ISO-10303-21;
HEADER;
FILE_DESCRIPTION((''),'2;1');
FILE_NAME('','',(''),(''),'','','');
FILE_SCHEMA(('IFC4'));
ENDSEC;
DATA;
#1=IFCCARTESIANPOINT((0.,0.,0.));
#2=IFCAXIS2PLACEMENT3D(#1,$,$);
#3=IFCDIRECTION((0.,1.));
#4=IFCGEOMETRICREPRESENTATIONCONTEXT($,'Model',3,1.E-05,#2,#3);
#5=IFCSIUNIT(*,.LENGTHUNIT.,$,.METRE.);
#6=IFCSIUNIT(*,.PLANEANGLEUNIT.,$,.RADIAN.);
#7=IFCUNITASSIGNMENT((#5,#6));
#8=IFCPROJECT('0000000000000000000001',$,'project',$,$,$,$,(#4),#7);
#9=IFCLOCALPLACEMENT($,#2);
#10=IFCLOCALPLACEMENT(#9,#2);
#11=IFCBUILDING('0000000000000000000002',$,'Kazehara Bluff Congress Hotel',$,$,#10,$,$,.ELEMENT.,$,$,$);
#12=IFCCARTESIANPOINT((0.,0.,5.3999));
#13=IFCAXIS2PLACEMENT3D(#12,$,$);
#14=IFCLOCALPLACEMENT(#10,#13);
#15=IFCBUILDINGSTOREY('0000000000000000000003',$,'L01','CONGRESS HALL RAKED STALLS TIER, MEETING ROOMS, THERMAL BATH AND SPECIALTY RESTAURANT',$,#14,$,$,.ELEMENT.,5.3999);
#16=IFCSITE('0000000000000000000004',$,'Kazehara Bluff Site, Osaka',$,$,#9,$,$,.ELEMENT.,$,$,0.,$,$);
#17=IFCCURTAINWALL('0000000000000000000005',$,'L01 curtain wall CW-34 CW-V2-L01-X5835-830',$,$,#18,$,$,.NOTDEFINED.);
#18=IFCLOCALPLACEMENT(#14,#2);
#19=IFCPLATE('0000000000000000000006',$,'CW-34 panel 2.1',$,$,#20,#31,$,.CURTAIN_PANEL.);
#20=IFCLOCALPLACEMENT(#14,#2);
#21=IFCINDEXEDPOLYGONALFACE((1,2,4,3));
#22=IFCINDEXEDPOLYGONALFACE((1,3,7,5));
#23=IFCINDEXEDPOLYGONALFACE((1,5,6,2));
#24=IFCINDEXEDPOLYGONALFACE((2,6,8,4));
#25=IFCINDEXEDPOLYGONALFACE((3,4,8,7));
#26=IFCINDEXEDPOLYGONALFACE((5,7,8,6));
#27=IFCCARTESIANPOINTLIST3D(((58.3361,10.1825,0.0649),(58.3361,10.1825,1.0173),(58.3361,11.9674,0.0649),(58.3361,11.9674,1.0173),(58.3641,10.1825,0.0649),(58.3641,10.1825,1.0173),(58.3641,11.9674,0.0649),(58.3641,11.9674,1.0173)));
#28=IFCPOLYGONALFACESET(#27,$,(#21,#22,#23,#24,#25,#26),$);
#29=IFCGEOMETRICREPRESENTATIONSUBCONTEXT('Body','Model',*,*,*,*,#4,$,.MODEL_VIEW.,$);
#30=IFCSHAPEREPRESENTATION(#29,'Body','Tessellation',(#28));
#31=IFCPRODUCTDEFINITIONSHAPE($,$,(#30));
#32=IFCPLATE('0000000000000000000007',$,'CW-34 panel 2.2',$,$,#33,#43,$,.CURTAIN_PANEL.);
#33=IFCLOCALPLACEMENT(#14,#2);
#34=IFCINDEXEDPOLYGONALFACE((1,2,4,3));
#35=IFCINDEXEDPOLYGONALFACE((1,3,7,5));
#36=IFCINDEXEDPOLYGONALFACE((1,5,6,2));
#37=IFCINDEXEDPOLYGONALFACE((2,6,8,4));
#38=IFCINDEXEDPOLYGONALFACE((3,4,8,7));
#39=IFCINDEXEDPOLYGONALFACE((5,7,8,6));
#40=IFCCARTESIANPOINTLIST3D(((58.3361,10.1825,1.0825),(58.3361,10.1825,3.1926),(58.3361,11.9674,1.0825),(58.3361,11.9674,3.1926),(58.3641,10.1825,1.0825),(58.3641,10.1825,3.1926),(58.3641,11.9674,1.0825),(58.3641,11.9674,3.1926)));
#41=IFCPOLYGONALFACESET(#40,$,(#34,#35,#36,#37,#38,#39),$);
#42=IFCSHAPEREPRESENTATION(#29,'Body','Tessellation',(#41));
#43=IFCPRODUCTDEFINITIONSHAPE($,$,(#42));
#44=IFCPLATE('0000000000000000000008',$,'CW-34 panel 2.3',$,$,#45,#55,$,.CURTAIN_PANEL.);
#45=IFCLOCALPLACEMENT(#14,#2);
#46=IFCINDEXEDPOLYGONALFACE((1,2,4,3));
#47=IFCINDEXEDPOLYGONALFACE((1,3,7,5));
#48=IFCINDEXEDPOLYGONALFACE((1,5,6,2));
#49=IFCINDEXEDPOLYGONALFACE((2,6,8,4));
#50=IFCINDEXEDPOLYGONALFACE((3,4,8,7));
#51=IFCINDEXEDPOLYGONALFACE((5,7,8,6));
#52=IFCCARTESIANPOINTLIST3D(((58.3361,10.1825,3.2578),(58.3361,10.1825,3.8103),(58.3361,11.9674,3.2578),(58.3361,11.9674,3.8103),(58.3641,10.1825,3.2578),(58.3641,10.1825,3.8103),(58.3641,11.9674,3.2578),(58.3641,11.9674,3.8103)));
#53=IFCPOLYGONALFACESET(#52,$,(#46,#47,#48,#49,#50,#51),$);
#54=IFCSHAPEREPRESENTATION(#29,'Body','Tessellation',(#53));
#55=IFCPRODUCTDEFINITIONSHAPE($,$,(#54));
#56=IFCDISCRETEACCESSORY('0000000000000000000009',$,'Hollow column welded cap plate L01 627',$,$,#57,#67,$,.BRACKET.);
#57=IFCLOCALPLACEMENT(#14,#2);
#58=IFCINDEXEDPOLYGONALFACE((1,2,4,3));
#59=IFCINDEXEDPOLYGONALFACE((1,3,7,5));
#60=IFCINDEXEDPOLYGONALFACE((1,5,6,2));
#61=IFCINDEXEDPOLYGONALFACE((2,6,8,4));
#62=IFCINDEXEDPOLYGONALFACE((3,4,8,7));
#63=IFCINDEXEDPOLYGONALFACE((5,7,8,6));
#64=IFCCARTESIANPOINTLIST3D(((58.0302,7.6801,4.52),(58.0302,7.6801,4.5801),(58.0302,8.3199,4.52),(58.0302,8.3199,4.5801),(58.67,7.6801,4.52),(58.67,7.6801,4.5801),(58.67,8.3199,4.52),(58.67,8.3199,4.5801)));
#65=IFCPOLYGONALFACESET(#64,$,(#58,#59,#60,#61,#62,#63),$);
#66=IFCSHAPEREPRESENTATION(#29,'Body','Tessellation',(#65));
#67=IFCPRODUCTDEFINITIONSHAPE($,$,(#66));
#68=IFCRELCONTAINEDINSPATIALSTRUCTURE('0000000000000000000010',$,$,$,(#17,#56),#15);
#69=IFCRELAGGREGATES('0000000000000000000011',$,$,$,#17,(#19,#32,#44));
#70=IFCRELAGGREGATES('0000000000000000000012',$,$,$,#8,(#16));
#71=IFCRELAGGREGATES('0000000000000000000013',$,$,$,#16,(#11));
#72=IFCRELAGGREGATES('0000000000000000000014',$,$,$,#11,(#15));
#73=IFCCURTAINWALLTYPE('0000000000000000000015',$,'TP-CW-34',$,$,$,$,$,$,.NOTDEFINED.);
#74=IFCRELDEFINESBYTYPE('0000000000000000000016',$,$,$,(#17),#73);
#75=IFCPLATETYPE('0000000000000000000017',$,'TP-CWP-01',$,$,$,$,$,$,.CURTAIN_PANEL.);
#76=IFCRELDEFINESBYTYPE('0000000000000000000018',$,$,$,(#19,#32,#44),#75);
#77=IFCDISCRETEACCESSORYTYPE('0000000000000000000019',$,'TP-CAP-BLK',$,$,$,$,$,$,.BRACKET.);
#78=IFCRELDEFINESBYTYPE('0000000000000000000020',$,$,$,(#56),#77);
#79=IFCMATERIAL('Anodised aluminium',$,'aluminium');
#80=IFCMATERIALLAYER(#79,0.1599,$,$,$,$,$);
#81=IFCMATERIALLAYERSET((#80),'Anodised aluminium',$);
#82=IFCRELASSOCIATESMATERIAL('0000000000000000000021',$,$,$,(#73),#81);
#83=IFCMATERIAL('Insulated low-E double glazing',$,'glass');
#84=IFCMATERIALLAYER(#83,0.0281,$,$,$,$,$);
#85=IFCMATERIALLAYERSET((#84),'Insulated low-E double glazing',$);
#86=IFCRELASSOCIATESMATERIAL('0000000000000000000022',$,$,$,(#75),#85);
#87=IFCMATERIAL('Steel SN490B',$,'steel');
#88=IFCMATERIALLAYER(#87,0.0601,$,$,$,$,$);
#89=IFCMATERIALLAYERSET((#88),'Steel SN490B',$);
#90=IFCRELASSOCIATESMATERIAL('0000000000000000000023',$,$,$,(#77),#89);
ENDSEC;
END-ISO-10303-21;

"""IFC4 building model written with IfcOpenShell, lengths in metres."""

from ifc_helpers import new_model, si_unit, direction, frame, origin, origin_2d, place, context, subcontext, project, spatial, rectangle, extrude, material, layer, layer_set, type_object, element, aggregate, save


model = new_model("IFC4")

# Units and contexts
model_context = context("Model", 3, precision=1e-05, world=origin(), true_north=direction((0.0, 1.0)))
body_context = subcontext(model_context, "Body", "Model", "MODEL_VIEW")
ifc_project = project(units=[si_unit("LENGTHUNIT", "METRE"), si_unit("PLANEANGLEUNIT", "RADIAN")], contexts=[model_context])

# Site, building, storey
site_placement = place(None, origin())
site = spatial("IfcSite", under=ifc_project, at=site_placement, Name="Kazehara Bluff Site, Osaka", CompositionType="ELEMENT", RefElevation=0.0)
building_placement = place(site_placement, origin())
building = spatial("IfcBuilding", under=site, at=building_placement, Name="Kazehara Bluff Congress Hotel", CompositionType="ELEMENT")
storey_placement = place(building_placement, frame((0.0, 0.0, 5.3999)))
storey = spatial("IfcBuildingStorey", under=building, at=storey_placement, Name="L01", Description="CONGRESS HALL RAKED STALLS TIER, MEETING ROOMS, THERMAL BATH AND SPECIALTY RESTAURANT", CompositionType="ELEMENT", Elevation=5.3999)

# Curtain wall
ifc_material_1 = material(Name="Anodised aluminium", Category="aluminium")
ifc_layer_1 = layer(ifc_material_1, 0.1599)
ifc_layer_set_1 = layer_set([ifc_layer_1], Name="Anodised aluminium")
curtain_wall_type_1 = type_object("IfcCurtainWallType", Name="TP-CW-34", PredefinedType="NOTDEFINED", material=ifc_layer_set_1)
curtain_wall_1_placement = place(storey_placement, origin())
curtain_wall_1 = element("IfcCurtainWall", 1, at=curtain_wall_1_placement, inside=storey, type_object=curtain_wall_type_1, Name="L01 curtain wall CW-34 CW-V2-L01-X5835-830", PredefinedType="NOTDEFINED")

# Plates
ifc_material_2 = material(Name="Insulated low-E double glazing", Category="glass")
ifc_layer_2 = layer(ifc_material_2, 0.0281)
ifc_layer_set_2 = layer_set([ifc_layer_2], Name="Insulated low-E double glazing")
plate_type = type_object("IfcPlateType", Name="TP-CWP-01", PredefinedType="CURTAIN_PANEL", material=ifc_layer_set_2)
plate_1_placement = place(storey_placement, frame((58.3501, 11.075, 0.0649), z_axis=(0.0, 0.0, 1.0), x_axis=(0.0, 1.0, 0.0)))
plate_1 = element("IfcPlate", 2, at=plate_1_placement, type_object=plate_type, Name="CW-34 panel 2.1", PredefinedType="CURTAIN_PANEL", context=body_context, shape_type="SweptSolid", body=[
    extrude(rectangle(XDim=1.7849, YDim=0.0281, at=origin_2d()), origin(), (0.0, 0.0, 1.0), 0.9524),
])
plate_2_placement = place(storey_placement, frame((58.3501, 11.075, 1.0825), z_axis=(0.0, 0.0, 1.0), x_axis=(0.0, 1.0, 0.0)))
plate_2 = element("IfcPlate", 3, at=plate_2_placement, type_object=plate_type, Name="CW-34 panel 2.2", PredefinedType="CURTAIN_PANEL", context=body_context, shape_type="SweptSolid", body=[
    extrude(rectangle(XDim=1.7849, YDim=0.0281, at=origin_2d()), origin(), (0.0, 0.0, 1.0), 2.1101),
])
plate_3_placement = place(storey_placement, frame((58.3501, 11.075, 3.2578), z_axis=(0.0, 0.0, 1.0), x_axis=(0.0, 1.0, 0.0)))
plate_3 = element("IfcPlate", 4, at=plate_3_placement, type_object=plate_type, Name="CW-34 panel 2.3", PredefinedType="CURTAIN_PANEL", context=body_context, shape_type="SweptSolid", body=[
    extrude(rectangle(XDim=1.7849, YDim=0.0281, at=origin_2d()), origin(), (0.0, 0.0, 1.0), 0.5525),
])
aggregate(curtain_wall_1, [plate_1, plate_2, plate_3])

# Discrete accessory
ifc_material_3 = material(Name="Steel SN490B", Category="steel")
ifc_layer_3 = layer(ifc_material_3, 0.0601)
ifc_layer_set_3 = layer_set([ifc_layer_3], Name="Steel SN490B")
discrete_accessory_type = type_object("IfcDiscreteAccessoryType", Name="TP-CAP-BLK", PredefinedType="BRACKET", material=ifc_layer_set_3)
discrete_accessory_placement = place(storey_placement, frame((58.3501, 8.0, 4.52), z_axis=(0.0, 0.0, 1.0), x_axis=(1.0, 0.0, 0.0)))
element("IfcDiscreteAccessory", 5, at=discrete_accessory_placement, inside=storey, type_object=discrete_accessory_type, Name="Hollow column welded cap plate L01 627", PredefinedType="BRACKET", context=body_context, shape_type="SweptSolid", body=[
    extrude(rectangle(XDim=0.6399, YDim=0.6399, at=origin_2d()), origin(), (0.0, 0.0, 1.0), 0.0601),
])

save(model, "model.ifc")
